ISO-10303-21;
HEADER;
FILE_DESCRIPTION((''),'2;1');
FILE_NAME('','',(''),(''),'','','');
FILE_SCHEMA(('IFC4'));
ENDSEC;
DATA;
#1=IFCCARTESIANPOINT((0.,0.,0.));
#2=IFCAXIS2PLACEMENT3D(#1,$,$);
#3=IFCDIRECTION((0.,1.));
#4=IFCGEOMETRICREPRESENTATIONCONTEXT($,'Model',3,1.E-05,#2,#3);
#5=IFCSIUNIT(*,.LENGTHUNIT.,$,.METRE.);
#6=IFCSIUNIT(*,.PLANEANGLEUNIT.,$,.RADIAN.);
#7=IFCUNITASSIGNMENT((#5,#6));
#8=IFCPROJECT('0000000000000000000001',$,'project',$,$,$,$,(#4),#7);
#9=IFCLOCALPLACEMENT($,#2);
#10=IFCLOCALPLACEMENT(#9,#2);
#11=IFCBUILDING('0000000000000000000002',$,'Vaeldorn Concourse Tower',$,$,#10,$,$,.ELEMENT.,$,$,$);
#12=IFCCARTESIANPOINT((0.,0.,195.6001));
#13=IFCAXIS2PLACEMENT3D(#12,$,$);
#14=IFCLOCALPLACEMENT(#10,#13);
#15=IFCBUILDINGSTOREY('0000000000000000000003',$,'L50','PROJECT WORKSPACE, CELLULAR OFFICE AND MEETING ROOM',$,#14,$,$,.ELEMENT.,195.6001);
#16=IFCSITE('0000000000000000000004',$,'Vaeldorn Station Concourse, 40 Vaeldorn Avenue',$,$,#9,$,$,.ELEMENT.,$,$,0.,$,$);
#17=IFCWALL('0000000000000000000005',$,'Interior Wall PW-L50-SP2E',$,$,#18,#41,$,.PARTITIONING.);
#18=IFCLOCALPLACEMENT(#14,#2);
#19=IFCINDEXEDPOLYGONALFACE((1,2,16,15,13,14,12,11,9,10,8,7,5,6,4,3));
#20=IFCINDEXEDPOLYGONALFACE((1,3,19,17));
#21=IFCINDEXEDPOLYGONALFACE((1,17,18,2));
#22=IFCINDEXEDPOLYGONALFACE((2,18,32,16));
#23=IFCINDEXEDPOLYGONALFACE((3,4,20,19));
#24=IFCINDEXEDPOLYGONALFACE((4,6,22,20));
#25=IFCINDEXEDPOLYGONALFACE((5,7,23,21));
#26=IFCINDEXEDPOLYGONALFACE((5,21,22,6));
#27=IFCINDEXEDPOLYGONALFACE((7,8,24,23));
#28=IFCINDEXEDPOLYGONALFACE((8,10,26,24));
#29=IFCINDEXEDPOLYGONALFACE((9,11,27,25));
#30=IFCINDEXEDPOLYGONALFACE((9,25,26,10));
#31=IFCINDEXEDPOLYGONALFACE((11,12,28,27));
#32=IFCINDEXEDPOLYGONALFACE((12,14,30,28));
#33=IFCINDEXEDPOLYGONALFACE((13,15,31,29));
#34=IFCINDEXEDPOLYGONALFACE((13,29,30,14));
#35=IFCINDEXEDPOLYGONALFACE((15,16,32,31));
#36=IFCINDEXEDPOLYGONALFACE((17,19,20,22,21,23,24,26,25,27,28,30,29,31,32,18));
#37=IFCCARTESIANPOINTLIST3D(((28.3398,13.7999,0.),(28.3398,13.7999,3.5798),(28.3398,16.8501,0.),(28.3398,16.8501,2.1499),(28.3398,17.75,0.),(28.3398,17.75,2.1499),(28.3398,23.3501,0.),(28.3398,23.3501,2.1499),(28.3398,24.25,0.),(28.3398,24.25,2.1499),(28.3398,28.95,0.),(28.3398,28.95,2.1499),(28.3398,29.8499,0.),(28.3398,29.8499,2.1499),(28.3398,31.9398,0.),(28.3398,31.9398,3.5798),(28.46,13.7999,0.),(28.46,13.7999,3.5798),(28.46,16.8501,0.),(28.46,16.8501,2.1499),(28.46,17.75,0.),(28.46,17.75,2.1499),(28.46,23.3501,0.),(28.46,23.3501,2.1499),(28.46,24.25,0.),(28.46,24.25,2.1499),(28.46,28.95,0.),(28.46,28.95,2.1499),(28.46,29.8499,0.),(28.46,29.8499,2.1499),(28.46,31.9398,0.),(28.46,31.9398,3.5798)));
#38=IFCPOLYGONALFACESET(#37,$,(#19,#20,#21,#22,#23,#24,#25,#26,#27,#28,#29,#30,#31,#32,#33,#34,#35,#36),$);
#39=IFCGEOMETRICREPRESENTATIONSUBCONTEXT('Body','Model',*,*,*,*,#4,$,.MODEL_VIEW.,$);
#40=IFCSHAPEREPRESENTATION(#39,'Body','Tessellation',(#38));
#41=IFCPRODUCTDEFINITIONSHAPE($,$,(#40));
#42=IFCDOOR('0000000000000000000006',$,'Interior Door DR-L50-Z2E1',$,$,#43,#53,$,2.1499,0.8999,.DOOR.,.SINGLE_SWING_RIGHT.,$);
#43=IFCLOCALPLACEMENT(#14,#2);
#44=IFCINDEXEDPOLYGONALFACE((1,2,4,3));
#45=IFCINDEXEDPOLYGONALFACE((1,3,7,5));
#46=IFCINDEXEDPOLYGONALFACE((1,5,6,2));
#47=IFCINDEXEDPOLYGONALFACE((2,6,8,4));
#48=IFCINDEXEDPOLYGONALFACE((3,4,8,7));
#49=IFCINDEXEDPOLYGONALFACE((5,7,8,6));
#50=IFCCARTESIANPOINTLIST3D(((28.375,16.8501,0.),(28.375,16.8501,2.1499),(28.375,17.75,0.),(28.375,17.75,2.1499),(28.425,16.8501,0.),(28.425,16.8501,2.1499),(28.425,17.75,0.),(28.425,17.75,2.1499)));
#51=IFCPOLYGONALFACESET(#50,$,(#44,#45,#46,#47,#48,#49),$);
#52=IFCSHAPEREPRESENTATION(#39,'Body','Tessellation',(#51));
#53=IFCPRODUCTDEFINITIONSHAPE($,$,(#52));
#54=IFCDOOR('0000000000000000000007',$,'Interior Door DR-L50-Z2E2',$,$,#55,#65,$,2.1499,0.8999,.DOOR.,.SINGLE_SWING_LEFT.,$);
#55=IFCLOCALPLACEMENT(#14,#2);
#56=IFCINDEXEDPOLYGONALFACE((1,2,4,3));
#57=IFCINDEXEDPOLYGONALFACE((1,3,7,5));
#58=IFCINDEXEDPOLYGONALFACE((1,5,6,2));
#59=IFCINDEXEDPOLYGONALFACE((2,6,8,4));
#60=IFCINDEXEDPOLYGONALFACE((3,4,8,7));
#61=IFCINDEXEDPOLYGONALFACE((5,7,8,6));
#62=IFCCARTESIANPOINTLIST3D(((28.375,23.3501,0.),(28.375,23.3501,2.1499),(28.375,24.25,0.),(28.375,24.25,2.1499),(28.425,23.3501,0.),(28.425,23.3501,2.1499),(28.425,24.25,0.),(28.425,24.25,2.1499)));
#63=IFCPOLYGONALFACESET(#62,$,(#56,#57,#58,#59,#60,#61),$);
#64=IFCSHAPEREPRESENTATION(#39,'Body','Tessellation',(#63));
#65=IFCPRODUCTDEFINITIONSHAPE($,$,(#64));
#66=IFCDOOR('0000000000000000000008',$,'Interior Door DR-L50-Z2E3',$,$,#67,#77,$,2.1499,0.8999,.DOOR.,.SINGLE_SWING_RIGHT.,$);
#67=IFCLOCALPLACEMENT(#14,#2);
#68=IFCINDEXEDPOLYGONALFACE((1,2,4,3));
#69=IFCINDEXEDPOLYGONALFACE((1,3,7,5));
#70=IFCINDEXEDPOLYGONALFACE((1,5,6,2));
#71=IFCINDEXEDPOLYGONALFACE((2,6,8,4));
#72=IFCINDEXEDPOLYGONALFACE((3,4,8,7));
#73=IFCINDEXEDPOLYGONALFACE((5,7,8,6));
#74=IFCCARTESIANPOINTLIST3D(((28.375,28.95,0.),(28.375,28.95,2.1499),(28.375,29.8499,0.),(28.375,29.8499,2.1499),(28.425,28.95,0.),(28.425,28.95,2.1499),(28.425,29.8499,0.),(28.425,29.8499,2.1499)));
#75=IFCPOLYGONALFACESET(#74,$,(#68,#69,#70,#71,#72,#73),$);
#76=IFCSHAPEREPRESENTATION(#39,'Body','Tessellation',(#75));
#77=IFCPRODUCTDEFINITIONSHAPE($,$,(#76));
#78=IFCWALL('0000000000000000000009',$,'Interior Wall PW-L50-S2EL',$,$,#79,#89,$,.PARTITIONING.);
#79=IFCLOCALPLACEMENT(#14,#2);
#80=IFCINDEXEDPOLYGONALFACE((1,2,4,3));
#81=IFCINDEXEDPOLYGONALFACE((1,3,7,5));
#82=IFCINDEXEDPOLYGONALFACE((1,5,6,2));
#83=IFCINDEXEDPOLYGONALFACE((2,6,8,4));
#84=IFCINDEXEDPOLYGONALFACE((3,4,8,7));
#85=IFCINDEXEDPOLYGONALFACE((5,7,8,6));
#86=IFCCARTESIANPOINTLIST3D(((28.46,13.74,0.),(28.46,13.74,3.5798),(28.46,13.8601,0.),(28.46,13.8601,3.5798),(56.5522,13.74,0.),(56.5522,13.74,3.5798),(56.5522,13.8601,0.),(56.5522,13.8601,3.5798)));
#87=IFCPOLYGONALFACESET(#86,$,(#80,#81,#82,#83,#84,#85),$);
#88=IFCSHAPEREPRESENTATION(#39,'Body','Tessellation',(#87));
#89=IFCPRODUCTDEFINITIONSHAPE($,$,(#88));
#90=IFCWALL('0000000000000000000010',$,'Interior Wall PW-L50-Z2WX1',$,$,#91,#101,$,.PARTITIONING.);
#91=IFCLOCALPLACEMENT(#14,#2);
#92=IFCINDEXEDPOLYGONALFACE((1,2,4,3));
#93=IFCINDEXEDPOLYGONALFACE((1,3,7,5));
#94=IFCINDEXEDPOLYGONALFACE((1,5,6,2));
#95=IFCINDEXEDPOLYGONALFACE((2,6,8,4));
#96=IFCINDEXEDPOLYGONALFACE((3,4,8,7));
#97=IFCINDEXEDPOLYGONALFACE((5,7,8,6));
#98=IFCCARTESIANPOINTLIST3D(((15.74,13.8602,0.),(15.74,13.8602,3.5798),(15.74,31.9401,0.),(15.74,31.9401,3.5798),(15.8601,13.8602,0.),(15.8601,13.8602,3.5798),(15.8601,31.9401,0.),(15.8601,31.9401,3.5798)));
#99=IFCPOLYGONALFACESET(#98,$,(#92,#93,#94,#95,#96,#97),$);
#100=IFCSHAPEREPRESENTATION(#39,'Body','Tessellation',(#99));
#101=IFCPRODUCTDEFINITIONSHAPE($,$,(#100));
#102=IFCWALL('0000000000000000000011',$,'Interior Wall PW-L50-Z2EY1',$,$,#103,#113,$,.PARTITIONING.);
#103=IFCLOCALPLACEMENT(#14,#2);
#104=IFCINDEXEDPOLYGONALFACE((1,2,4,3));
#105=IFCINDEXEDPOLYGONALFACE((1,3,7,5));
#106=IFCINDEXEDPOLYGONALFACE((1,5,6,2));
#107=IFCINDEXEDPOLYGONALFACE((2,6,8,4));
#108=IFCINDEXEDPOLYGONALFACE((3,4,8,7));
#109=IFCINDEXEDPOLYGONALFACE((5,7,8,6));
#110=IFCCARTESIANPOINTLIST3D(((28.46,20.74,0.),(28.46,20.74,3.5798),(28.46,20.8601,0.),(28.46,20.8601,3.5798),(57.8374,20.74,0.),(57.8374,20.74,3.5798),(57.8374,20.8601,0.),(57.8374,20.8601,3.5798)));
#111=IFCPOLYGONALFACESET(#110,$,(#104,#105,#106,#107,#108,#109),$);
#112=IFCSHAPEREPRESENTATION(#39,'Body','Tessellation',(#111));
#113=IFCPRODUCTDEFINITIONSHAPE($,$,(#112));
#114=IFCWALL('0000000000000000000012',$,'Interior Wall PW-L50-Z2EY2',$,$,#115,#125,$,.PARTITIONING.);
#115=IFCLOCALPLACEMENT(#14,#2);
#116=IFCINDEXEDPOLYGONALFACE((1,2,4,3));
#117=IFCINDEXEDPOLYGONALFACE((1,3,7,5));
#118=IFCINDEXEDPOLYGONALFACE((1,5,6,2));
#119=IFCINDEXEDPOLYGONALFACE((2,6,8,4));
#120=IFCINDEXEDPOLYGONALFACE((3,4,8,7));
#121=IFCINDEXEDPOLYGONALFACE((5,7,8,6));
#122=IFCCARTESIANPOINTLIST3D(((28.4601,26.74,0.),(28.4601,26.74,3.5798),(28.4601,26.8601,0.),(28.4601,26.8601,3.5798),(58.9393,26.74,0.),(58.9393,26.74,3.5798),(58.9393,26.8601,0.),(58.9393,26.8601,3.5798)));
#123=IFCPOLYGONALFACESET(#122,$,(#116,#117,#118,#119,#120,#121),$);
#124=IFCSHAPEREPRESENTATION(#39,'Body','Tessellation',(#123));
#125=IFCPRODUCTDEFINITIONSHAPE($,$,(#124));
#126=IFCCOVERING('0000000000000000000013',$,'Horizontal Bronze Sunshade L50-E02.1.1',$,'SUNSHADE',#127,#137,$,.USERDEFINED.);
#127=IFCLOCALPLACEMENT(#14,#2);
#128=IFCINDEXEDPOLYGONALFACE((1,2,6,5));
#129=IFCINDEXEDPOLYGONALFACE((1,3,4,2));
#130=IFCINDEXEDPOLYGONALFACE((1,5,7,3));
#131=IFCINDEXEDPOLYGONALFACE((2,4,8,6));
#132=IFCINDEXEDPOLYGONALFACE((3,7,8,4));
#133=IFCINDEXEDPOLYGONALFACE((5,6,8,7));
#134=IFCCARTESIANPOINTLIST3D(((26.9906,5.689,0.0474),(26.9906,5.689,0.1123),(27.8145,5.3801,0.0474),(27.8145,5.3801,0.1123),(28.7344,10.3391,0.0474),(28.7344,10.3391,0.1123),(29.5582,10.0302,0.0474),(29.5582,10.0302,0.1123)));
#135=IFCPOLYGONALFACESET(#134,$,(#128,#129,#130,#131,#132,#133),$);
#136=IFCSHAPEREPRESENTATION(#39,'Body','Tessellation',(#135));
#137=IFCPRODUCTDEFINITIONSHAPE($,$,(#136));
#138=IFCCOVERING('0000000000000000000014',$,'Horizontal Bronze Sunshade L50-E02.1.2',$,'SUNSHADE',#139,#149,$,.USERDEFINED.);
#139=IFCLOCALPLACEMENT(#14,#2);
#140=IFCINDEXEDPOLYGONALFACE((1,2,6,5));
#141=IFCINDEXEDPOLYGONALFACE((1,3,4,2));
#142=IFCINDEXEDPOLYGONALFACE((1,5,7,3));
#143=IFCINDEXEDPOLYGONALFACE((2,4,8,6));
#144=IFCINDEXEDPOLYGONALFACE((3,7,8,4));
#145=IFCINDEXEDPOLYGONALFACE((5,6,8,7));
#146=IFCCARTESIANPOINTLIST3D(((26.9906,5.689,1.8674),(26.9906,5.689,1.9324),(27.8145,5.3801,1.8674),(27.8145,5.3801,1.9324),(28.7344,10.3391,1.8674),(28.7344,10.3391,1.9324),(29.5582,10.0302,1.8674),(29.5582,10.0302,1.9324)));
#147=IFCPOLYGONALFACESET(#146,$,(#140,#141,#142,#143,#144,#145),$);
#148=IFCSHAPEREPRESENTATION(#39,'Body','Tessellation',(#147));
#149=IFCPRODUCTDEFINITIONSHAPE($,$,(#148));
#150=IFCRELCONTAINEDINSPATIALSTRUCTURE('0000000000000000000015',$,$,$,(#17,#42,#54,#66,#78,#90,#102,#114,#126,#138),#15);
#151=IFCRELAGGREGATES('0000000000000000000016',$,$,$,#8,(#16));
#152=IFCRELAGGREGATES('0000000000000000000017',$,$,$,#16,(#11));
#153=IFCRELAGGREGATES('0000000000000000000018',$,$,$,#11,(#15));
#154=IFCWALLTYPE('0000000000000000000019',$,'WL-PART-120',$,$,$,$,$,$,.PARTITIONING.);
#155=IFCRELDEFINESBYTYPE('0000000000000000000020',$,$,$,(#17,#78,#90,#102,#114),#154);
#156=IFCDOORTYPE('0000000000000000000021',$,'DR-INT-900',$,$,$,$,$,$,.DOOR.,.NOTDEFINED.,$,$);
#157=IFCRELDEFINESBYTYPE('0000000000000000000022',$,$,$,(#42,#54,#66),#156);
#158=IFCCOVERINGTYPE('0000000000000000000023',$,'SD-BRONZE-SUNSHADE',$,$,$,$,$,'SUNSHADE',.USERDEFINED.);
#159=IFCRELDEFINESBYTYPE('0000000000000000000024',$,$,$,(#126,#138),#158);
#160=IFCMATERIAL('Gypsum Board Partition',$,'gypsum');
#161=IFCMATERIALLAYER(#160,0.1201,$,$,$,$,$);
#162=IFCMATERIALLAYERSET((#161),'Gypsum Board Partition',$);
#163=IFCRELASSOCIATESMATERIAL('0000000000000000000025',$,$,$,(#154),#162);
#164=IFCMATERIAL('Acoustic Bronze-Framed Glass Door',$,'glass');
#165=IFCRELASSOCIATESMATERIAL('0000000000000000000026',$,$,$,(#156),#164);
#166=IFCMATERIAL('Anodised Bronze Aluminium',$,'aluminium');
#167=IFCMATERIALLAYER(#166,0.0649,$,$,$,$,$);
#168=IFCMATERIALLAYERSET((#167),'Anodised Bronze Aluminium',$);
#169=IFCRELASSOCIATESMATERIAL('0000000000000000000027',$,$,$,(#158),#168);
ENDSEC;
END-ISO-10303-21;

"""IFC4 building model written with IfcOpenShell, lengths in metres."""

from ifc_helpers import new_model, si_unit, direction, frame, frame_2d, origin, origin_2d, place, context, subcontext, project, spatial, rectangle, extrude, source, transform, mapped, material, layer, layer_set, type_object, element, fill, save


model = new_model("IFC4")

# Units and contexts
model_context = context("Model", 3, precision=1e-05, world=origin(), true_north=direction((0.0, 1.0)))
body_context = subcontext(model_context, "Body", "Model", "MODEL_VIEW")
ifc_project = project(units=[si_unit("LENGTHUNIT", "METRE"), si_unit("PLANEANGLEUNIT", "RADIAN")], contexts=[model_context])

# Site, building, storey
site_placement = place(None, origin())
site = spatial("IfcSite", under=ifc_project, at=site_placement, Name="Vaeldorn Station Concourse, 40 Vaeldorn Avenue", CompositionType="ELEMENT", RefElevation=0.0)
building_placement = place(site_placement, origin())
building = spatial("IfcBuilding", under=site, at=building_placement, Name="Vaeldorn Concourse Tower", CompositionType="ELEMENT")
storey_placement = place(building_placement, frame((0.0, 0.0, 195.6001)))
storey = spatial("IfcBuildingStorey", under=building, at=storey_placement, Name="L50", Description="PROJECT WORKSPACE, CELLULAR OFFICE AND MEETING ROOM", CompositionType="ELEMENT", Elevation=195.6001)

# Shared definitions
ifc_material_1 = material(Name="Anodised Bronze Aluminium", Category="aluminium")

# Shared definitions
ifc_material_2 = material(Name="Gypsum Board Partition", Category="gypsum")
ifc_layer_1 = layer(ifc_material_2, 0.1201)
ifc_layer_set_1 = layer_set([ifc_layer_1], Name="Gypsum Board Partition")
wall_type = type_object("IfcWallType", Name="WL-PART-120", PredefinedType="PARTITIONING", material=ifc_layer_set_1)

# Wall, openings, doors
wall_1_placement = place(storey_placement, frame((28.3999, 13.8, 0.0), z_axis=(0.0, 0.0, 1.0), x_axis=(0.0, 1.0, 0.0)))
wall_1 = element("IfcWall", 1, at=wall_1_placement, inside=storey, type_object=wall_type, Name="Interior Wall PW-L50-SP2E", PredefinedType="PARTITIONING", context=body_context, shape_type="SweptSolid", body=[
    extrude(rectangle(XDim=18.1399, YDim=0.1201, at=frame_2d((9.0698, 0.0))), origin(), (0.0, 0.0, 1.0), 3.5798),
])
opening_1_placement = place(wall_1_placement, frame((3.05, 0.0, 0.0)))
opening_1 = element("IfcOpeningElement", 2, at=opening_1_placement, cuts=wall_1, PredefinedType="OPENING", context=body_context, shape_type="SweptSolid", body=[
    extrude(rectangle(XDim=0.8999, YDim=2.1499, at=frame_2d((0.45, 1.075))), frame((0.0, 0.0701, 0.0), z_axis=(0.0, -1.0, 0.0), x_axis=(1.0, 0.0, 0.0)), (0.0, 0.0, 1.0), 0.1401),
])
opening_2_placement = place(wall_1_placement, frame((9.55, 0.0, 0.0)))
opening_2 = element("IfcOpeningElement", 3, at=opening_2_placement, cuts=wall_1, PredefinedType="OPENING", context=body_context, shape_type="SweptSolid", body=[
    extrude(rectangle(XDim=0.8999, YDim=2.1499, at=frame_2d((0.45, 1.075))), frame((0.0, 0.0701, 0.0), z_axis=(0.0, -1.0, 0.0), x_axis=(1.0, 0.0, 0.0)), (0.0, 0.0, 1.0), 0.1401),
])
opening_3_placement = place(wall_1_placement, frame((15.1499, 0.0, 0.0)))
opening_3 = element("IfcOpeningElement", 4, at=opening_3_placement, cuts=wall_1, PredefinedType="OPENING", context=body_context, shape_type="SweptSolid", body=[
    extrude(rectangle(XDim=0.8999, YDim=2.1499, at=frame_2d((0.45, 1.075))), frame((0.0, 0.0701, 0.0), z_axis=(0.0, -1.0, 0.0), x_axis=(1.0, 0.0, 0.0)), (0.0, 0.0, 1.0), 0.1401),
])
ifc_material_3 = material(Name="Acoustic Bronze-Framed Glass Door", Category="glass")
door_type = type_object("IfcDoorType", Name="DR-INT-900", OperationType="NOTDEFINED", PredefinedType="DOOR", material=ifc_material_3)
shared_shape_1 = source(origin(), body_context, "Body", "SweptSolid", [
    extrude(rectangle(XDim=0.8999, YDim=2.1499, at=frame_2d((0.45, 1.075))), frame((0.0, 0.0249, 0.0), z_axis=(0.0, -1.0, 0.0), x_axis=(1.0, 0.0, 0.0)), (0.0, 0.0, 1.0), 0.05),
])
door_1_placement = place(opening_1_placement, origin())
door_1 = element("IfcDoor", 5, at=door_1_placement, inside=storey, type_object=door_type, Name="Interior Door DR-L50-Z2E1", OperationType="SINGLE_SWING_RIGHT", OverallHeight=2.1499, OverallWidth=0.8999, PredefinedType="DOOR", context=body_context, shape_type="MappedRepresentation", body=[
    mapped(shared_shape_1, transform((0.0, 0.0, 0.0), scale=1.0)),
])
fill(opening_1, door_1)
door_2_placement = place(opening_2_placement, origin())
door_2 = element("IfcDoor", 6, at=door_2_placement, inside=storey, type_object=door_type, Name="Interior Door DR-L50-Z2E2", OperationType="SINGLE_SWING_LEFT", OverallHeight=2.1499, OverallWidth=0.8999, PredefinedType="DOOR", context=body_context, shape_type="MappedRepresentation", body=[
    mapped(shared_shape_1, transform((0.0, 0.0, 0.0), scale=1.0)),
])
fill(opening_2, door_2)
door_3_placement = place(opening_3_placement, origin())
door_3 = element("IfcDoor", 7, at=door_3_placement, inside=storey, type_object=door_type, Name="Interior Door DR-L50-Z2E3", OperationType="SINGLE_SWING_RIGHT", OverallHeight=2.1499, OverallWidth=0.8999, PredefinedType="DOOR", context=body_context, shape_type="MappedRepresentation", body=[
    mapped(shared_shape_1, transform((0.0, 0.0, 0.0), scale=1.0)),
])
fill(opening_3, door_3)

# Walls
wall_2_placement = place(storey_placement, frame((28.46, 13.8, 0.0), z_axis=(0.0, 0.0, 1.0), x_axis=(1.0, 0.0, 0.0)))
element("IfcWall", 8, at=wall_2_placement, inside=storey, type_object=wall_type, Name="Interior Wall PW-L50-S2EL", PredefinedType="PARTITIONING", context=body_context, shape_type="SweptSolid", body=[
    extrude(rectangle(XDim=28.0923, YDim=0.1201, at=frame_2d((14.0461, 0.0))), origin(), (0.0, 0.0, 1.0), 3.5798),
])
wall_3_placement = place(storey_placement, frame((15.8, 13.8601, 0.0), z_axis=(0.0, 0.0, 1.0), x_axis=(0.0, 1.0, 0.0)))
element("IfcWall", 9, at=wall_3_placement, inside=storey, type_object=wall_type, Name="Interior Wall PW-L50-Z2WX1", PredefinedType="PARTITIONING", context=body_context, shape_type="SweptSolid", body=[
    extrude(rectangle(XDim=18.0798, YDim=0.1201, at=frame_2d((9.04, 0.0))), origin(), (0.0, 0.0, 1.0), 3.5798),
])
wall_4_placement = place(storey_placement, frame((28.46, 20.8, 0.0), z_axis=(0.0, 0.0, 1.0), x_axis=(1.0, 0.0, 0.0)))
element("IfcWall", 10, at=wall_4_placement, inside=storey, type_object=wall_type, Name="Interior Wall PW-L50-Z2EY1", PredefinedType="PARTITIONING", context=body_context, shape_type="SweptSolid", body=[
    extrude(rectangle(XDim=29.3774, YDim=0.1201, at=frame_2d((14.6887, 0.0))), origin(), (0.0, 0.0, 1.0), 3.5798),
])
wall_5_placement = place(storey_placement, frame((28.46, 26.8, 0.0), z_axis=(0.0, 0.0, 1.0), x_axis=(1.0, 0.0, 0.0)))
element("IfcWall", 11, at=wall_5_placement, inside=storey, type_object=wall_type, Name="Interior Wall PW-L50-Z2EY2", PredefinedType="PARTITIONING", context=body_context, shape_type="SweptSolid", body=[
    extrude(rectangle(XDim=30.4792, YDim=0.1201, at=frame_2d((15.2397, 0.0))), origin(), (0.0, 0.0, 1.0), 3.5798),
])

# Coverings
ifc_layer_2 = layer(ifc_material_1, 0.0649)
ifc_layer_set_2 = layer_set([ifc_layer_2], Name="Anodised Bronze Aluminium")
covering_type = type_object("IfcCoveringType", Name="SD-BRONZE-SUNSHADE", ElementType="SUNSHADE", PredefinedType="USERDEFINED", material=ifc_layer_set_2)
shared_shape_2 = source(origin(), body_context, "Body", "SweptSolid", [
    extrude(rectangle(XDim=4.9663, YDim=0.8799, at=origin_2d()), origin(), (0.0, 0.0, 1.0), 0.0649),
])
for number, where, z_axis, x_axis, name in (
    (12, (28.2744, 7.8596, 0.0474), (0.0, 0.0, 1.0), (0.351123, 0.936329, 0.0), "Horizontal Bronze Sunshade L50-E02.1.1"),
    (13, (28.2744, 7.8596, 1.8674), (0.0, 0.0, 1.0), (0.351123, 0.936329, 0.0), "Horizontal Bronze Sunshade L50-E02.1.2"),
):
    element("IfcCovering", number, at=place(storey_placement, frame(where, z_axis=z_axis, x_axis=x_axis)), inside=storey, type_object=covering_type, Name=name, ObjectType="SUNSHADE", PredefinedType="USERDEFINED", context=body_context, shape_type="MappedRepresentation", body=[
        mapped(shared_shape_2, transform((0.0, 0.0, 0.0), scale=1.0)),
    ])

save(model, "model.ifc")
